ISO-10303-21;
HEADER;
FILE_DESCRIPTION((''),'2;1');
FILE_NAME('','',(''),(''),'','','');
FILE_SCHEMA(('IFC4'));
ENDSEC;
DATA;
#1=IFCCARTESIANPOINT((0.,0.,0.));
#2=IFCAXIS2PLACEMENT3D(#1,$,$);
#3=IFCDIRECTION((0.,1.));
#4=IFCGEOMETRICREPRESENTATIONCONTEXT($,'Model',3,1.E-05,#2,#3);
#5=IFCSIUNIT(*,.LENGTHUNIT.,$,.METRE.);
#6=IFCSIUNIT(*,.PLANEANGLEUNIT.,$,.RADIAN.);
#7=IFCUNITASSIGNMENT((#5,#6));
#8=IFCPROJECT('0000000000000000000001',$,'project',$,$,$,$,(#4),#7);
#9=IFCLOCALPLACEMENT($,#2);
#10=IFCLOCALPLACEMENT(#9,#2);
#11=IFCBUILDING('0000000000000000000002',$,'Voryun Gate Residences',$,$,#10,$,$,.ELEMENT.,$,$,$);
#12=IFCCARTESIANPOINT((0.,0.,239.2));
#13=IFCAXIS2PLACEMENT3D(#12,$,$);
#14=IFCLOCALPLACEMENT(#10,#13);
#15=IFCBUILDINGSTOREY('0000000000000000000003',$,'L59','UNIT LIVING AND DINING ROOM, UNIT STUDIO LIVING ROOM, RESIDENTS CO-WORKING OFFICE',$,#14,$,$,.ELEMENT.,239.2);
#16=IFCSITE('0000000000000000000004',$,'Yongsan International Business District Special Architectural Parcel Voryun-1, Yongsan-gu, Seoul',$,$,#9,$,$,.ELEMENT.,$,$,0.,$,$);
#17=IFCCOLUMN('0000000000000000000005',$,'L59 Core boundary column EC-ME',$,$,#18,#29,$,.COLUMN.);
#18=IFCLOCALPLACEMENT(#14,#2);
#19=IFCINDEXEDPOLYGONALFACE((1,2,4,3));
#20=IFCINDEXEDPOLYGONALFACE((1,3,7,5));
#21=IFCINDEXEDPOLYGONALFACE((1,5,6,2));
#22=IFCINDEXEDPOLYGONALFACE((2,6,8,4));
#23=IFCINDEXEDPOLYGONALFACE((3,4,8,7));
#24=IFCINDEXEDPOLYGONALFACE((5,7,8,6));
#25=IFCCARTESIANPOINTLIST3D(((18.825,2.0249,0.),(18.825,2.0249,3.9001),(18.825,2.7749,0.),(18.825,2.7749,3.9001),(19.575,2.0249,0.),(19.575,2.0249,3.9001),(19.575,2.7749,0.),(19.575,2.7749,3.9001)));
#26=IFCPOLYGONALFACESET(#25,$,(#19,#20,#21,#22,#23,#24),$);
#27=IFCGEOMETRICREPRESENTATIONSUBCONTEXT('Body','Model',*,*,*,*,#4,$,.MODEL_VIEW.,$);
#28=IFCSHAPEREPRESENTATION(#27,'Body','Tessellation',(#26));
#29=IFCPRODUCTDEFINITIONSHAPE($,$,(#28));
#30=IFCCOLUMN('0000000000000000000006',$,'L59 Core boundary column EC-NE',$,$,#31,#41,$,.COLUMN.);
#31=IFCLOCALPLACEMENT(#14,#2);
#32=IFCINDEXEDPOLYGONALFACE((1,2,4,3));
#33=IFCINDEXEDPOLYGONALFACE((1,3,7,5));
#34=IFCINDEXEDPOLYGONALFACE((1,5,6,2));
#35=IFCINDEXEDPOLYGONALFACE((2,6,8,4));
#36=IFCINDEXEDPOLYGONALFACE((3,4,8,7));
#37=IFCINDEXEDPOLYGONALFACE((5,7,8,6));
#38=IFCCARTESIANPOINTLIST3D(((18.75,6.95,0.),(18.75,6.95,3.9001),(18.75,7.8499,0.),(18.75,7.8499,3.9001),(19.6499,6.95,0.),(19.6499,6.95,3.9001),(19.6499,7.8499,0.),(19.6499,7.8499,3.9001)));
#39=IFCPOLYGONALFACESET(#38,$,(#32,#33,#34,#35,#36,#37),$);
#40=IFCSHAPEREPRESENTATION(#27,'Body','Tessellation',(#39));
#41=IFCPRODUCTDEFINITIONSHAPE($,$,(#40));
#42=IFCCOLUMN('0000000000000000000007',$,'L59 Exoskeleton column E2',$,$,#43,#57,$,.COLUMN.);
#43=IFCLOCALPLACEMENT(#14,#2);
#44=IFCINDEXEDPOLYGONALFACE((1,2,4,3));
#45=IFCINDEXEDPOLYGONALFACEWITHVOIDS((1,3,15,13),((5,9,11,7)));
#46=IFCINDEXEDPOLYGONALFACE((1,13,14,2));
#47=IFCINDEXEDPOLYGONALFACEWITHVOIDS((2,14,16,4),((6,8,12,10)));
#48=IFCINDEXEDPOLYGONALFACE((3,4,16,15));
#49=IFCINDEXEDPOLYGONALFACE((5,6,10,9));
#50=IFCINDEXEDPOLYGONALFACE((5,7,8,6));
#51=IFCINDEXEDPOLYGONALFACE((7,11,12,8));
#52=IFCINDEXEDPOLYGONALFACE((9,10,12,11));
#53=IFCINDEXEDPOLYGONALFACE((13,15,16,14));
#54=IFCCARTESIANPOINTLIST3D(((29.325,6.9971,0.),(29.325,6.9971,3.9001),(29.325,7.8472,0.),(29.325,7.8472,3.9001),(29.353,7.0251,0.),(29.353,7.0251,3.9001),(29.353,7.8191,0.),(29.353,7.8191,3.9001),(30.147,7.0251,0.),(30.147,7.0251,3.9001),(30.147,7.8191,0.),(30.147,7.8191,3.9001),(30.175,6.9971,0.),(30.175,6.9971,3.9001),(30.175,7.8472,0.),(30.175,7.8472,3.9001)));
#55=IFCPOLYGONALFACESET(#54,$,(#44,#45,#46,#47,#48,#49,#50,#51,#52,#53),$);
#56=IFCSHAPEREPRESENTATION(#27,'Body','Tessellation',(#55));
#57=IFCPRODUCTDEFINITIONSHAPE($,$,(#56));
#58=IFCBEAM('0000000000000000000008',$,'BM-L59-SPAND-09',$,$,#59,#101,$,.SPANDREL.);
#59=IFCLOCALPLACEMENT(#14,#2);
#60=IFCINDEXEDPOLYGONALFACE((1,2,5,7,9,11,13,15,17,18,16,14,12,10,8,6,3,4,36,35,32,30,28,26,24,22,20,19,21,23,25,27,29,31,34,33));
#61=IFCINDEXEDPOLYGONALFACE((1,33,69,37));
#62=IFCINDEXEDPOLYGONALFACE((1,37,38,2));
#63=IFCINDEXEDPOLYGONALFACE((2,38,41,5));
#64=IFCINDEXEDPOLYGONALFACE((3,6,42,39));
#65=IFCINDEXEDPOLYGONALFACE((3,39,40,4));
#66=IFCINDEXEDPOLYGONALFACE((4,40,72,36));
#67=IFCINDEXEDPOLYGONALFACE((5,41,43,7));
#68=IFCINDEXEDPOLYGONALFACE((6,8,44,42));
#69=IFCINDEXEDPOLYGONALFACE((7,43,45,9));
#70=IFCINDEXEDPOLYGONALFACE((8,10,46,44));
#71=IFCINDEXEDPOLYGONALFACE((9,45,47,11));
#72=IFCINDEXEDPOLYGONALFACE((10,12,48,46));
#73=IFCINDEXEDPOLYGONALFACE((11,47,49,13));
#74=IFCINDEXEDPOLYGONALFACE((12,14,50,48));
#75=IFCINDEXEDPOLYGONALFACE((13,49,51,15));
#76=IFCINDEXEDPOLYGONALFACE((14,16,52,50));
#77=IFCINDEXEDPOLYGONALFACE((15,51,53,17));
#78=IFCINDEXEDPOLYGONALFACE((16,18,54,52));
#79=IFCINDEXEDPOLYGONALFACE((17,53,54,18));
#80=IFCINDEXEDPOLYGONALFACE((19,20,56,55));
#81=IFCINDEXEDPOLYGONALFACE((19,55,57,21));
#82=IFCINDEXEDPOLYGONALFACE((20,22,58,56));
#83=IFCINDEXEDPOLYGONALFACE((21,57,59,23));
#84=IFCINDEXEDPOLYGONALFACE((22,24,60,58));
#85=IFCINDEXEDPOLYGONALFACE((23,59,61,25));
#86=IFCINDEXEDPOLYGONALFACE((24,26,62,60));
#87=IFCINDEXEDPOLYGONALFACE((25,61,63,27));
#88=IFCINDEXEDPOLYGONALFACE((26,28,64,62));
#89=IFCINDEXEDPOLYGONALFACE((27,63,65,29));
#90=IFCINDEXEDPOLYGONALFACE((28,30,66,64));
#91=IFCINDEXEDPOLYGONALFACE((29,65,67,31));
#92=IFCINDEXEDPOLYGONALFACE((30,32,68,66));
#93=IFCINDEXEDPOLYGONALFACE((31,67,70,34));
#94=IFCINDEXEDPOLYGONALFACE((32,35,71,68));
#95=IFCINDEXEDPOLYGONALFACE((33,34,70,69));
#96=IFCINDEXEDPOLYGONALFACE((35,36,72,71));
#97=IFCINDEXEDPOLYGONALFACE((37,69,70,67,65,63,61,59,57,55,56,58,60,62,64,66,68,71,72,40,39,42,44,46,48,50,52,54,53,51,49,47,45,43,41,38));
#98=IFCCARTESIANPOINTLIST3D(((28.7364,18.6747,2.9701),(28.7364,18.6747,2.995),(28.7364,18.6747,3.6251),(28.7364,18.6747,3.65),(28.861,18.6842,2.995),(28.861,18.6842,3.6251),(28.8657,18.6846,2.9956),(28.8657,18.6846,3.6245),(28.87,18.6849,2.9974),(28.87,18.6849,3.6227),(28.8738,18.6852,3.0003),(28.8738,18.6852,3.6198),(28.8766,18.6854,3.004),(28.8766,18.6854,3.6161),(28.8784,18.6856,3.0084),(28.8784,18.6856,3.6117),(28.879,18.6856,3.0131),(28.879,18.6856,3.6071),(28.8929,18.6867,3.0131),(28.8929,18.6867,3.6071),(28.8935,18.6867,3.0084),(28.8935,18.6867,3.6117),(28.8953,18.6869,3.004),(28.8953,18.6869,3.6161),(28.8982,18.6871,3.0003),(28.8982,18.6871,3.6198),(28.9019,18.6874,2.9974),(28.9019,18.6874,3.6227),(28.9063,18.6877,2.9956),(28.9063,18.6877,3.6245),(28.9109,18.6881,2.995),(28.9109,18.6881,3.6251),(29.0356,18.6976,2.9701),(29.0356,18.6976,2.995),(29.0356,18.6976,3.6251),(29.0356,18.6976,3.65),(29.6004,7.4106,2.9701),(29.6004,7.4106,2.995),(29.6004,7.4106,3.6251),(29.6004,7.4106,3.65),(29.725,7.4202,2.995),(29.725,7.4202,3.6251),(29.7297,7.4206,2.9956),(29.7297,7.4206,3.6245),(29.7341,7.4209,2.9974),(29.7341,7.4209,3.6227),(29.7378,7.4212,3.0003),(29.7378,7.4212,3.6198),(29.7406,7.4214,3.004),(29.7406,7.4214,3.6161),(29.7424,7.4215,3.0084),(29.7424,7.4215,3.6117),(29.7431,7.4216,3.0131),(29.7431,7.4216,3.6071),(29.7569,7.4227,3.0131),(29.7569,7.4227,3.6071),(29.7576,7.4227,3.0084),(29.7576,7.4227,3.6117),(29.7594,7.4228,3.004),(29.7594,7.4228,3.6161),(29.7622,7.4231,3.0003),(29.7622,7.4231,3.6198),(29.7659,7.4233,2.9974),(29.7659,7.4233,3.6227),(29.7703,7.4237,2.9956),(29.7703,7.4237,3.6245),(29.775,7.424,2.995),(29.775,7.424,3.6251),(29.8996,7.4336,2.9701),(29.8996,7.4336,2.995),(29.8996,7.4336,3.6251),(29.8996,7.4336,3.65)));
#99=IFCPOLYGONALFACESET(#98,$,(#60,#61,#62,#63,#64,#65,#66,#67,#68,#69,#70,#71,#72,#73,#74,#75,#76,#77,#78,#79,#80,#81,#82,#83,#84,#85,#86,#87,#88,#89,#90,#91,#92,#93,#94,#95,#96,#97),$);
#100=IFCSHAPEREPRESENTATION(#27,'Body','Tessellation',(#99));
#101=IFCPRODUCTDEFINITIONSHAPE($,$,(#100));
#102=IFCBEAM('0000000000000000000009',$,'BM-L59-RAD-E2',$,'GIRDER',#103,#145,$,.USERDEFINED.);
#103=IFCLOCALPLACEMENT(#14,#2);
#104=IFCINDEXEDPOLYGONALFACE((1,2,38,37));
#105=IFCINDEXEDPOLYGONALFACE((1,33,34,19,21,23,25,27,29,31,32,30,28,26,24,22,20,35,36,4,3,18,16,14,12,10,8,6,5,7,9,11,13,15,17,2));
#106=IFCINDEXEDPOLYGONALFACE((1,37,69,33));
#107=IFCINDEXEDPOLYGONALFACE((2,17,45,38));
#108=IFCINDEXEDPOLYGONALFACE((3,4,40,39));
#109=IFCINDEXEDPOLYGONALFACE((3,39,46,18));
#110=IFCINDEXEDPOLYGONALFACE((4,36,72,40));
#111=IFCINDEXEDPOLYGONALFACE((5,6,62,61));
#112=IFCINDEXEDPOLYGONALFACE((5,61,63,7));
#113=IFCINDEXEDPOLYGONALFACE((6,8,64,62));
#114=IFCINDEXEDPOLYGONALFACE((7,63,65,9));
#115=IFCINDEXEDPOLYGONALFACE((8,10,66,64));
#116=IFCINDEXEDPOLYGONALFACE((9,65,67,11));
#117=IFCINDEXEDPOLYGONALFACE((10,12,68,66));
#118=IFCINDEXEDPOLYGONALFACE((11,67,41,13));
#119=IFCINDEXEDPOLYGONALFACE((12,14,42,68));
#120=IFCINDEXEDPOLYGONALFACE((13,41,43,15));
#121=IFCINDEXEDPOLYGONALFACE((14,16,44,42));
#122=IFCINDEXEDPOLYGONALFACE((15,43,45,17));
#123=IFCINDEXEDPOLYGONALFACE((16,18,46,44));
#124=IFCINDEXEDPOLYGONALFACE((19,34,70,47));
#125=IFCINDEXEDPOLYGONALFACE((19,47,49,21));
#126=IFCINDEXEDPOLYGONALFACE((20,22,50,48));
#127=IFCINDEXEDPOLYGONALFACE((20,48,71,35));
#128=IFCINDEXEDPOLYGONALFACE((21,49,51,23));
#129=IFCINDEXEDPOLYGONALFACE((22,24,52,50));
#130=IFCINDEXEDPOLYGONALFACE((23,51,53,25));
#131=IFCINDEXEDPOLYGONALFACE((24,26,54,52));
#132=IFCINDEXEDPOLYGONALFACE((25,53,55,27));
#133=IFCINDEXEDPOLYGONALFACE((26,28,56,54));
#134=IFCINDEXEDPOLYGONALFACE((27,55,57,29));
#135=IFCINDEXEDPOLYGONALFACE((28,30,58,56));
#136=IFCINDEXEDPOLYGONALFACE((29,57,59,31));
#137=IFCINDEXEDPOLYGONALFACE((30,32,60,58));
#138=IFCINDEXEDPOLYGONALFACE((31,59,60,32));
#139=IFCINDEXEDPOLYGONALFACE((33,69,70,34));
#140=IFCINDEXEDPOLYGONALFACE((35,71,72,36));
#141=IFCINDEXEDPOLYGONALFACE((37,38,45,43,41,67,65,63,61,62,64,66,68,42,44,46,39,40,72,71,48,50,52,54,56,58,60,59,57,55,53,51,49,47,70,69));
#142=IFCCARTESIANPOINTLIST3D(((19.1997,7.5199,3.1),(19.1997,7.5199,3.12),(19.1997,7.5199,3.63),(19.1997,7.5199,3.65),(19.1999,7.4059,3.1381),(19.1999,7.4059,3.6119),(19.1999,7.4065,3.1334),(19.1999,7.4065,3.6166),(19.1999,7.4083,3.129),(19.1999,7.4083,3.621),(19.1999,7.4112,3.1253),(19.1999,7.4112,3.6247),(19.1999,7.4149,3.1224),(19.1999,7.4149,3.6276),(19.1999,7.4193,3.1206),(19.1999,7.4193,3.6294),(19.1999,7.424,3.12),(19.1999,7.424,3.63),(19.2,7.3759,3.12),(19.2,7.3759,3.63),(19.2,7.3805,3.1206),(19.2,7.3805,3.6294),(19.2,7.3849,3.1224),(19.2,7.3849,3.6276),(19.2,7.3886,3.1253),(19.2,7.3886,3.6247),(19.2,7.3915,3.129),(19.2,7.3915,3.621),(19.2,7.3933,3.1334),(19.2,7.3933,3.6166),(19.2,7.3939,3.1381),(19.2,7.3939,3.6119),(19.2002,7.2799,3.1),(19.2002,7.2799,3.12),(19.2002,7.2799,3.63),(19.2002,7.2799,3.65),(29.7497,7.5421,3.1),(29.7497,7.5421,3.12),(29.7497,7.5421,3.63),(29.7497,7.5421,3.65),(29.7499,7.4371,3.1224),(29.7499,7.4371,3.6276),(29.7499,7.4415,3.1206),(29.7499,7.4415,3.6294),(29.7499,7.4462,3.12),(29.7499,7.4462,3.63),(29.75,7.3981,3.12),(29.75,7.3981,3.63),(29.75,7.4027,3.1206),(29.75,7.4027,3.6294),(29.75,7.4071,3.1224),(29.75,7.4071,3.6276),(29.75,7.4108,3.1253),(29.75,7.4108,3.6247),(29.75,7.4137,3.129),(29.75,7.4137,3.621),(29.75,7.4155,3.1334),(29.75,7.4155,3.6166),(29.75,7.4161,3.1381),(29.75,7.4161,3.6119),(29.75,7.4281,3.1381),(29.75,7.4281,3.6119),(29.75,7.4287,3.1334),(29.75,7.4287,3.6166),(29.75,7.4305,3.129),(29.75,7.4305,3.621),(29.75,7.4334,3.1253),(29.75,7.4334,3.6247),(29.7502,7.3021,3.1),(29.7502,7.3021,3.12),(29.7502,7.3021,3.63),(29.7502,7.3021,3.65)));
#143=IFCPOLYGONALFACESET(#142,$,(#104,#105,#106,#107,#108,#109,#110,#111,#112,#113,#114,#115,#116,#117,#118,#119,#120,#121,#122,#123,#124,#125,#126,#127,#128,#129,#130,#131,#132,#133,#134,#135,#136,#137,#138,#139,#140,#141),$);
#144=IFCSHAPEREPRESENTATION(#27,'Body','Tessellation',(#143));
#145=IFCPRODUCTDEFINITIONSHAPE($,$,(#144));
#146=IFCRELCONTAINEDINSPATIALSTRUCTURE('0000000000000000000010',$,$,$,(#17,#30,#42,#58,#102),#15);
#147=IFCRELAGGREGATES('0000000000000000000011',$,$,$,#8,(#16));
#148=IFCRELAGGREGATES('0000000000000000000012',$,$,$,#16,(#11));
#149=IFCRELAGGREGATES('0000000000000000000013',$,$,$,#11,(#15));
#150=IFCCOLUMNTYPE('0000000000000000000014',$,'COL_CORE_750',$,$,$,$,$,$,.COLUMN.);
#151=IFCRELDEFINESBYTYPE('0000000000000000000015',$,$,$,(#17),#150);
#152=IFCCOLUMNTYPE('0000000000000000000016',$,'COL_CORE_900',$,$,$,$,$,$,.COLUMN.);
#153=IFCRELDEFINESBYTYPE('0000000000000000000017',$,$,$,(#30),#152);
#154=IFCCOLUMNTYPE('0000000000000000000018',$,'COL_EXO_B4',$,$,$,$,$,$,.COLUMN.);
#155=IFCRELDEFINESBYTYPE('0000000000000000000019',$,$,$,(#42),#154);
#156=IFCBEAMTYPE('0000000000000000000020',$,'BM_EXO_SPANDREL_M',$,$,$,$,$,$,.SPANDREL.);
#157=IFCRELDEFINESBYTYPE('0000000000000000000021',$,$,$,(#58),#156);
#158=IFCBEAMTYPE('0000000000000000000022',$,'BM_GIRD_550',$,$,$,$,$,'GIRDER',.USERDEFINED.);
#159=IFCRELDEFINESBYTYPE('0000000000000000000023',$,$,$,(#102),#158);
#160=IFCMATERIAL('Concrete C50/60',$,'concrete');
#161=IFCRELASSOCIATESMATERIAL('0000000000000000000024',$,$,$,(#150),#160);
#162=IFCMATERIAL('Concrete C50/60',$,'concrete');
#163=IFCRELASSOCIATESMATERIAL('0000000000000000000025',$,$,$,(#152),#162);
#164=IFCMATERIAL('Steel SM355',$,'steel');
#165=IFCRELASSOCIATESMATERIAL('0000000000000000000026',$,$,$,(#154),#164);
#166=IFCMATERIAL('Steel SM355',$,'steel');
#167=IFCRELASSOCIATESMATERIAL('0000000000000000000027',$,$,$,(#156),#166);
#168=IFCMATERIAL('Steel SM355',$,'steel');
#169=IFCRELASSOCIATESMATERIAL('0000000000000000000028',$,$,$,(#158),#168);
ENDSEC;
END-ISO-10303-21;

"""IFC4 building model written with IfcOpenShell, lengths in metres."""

from ifc_helpers import new_model, si_unit, direction, frame, origin, origin_2d, place, context, subcontext, project, spatial, rectangle, hollow_rectangle, i_section, extrude, material, material_profile, profile_set, type_object, element, save


model = new_model("IFC4")

# Units and contexts
model_context = context("Model", 3, precision=1e-05, world=origin(), true_north=direction((0.0, 1.0)))
body_context = subcontext(model_context, "Body", "Model", "MODEL_VIEW")
ifc_project = project(units=[si_unit("LENGTHUNIT", "METRE"), si_unit("PLANEANGLEUNIT", "RADIAN")], contexts=[model_context])

# Site, building, storey
site_placement = place(None, origin())
site = spatial("IfcSite", under=ifc_project, at=site_placement, Name="Yongsan International Business District Special Architectural Parcel Voryun-1, Yongsan-gu, Seoul", CompositionType="ELEMENT", RefElevation=0.0)
building_placement = place(site_placement, origin())
building = spatial("IfcBuilding", under=site, at=building_placement, Name="Voryun Gate Residences", CompositionType="ELEMENT")
storey_placement = place(building_placement, frame((0.0, 0.0, 239.2)))
storey = spatial("IfcBuildingStorey", under=building, at=storey_placement, Name="L59", Description="UNIT LIVING AND DINING ROOM, UNIT STUDIO LIVING ROOM, RESIDENTS CO-WORKING OFFICE", CompositionType="ELEMENT", Elevation=239.2)

# Columns
ifc_material_1 = material(Name="Concrete C50/60", Category="concrete")
ifc_material_profile_1 = material_profile(ifc_material_1, rectangle(XDim=0.75, YDim=0.75, at=origin_2d()), Name="RC-750x750")
ifc_profile_set_1 = profile_set([ifc_material_profile_1], Name="Concrete C50/60")
column_type_1 = type_object("IfcColumnType", Name="COL_CORE_750", PredefinedType="COLUMN", material=ifc_profile_set_1)
column_1_placement = place(storey_placement, frame((19.2, 2.3999, 0.0), z_axis=(0.0, 0.0, 1.0), x_axis=(1.0, 0.0, 0.0)))
element("IfcColumn", 1, at=column_1_placement, inside=storey, type_object=column_type_1, Name="L59 Core boundary column EC-ME", PredefinedType="COLUMN", context=body_context, shape_type="SweptSolid", body=[
    extrude(rectangle(XDim=0.75, YDim=0.75, at=origin_2d()), origin(), (0.0, 0.0, 1.0), 3.9001),
])
ifc_material_2 = material(Name="Concrete C50/60", Category="concrete")
ifc_material_profile_2 = material_profile(ifc_material_2, rectangle(XDim=0.8999, YDim=0.8999, at=origin_2d()), Name="RC-900x900")
ifc_profile_set_2 = profile_set([ifc_material_profile_2], Name="Concrete C50/60")
column_type_2 = type_object("IfcColumnType", Name="COL_CORE_900", PredefinedType="COLUMN", material=ifc_profile_set_2)
column_2_placement = place(storey_placement, frame((19.2, 7.3999, 0.0), z_axis=(0.0, 0.0, 1.0), x_axis=(1.0, 0.0, 0.0)))
element("IfcColumn", 2, at=column_2_placement, inside=storey, type_object=column_type_2, Name="L59 Core boundary column EC-NE", PredefinedType="COLUMN", context=body_context, shape_type="SweptSolid", body=[
    extrude(rectangle(XDim=0.8999, YDim=0.8999, at=origin_2d()), origin(), (0.0, 0.0, 1.0), 3.9001),
])
ifc_material_3 = material(Name="Steel SM355", Category="steel")
ifc_material_profile_3 = material_profile(ifc_material_3, hollow_rectangle(XDim=0.8501, YDim=0.8501, WallThickness=0.0281, at=origin_2d()), Name="BOX-850x850x28")
ifc_profile_set_3 = profile_set([ifc_material_profile_3], Name="Steel SM355")
column_type_3 = type_object("IfcColumnType", Name="COL_EXO_B4", PredefinedType="COLUMN", material=ifc_profile_set_3)
column_3_placement = place(storey_placement, frame((29.75, 7.4221, 0.0), z_axis=(0.0, 0.0, 1.0), x_axis=(1.0, 0.0, 0.0)))
element("IfcColumn", 3, at=column_3_placement, inside=storey, type_object=column_type_3, Name="L59 Exoskeleton column E2", PredefinedType="COLUMN", context=body_context, shape_type="SweptSolid", body=[
    extrude(hollow_rectangle(XDim=0.8501, YDim=0.8501, WallThickness=0.0281, at=origin_2d()), origin(), (0.0, 0.0, 1.0), 3.9001),
])

# Beams
ifc_material_4 = material(Name="Steel SM355", Category="steel")
ifc_material_profile_4 = material_profile(ifc_material_4, i_section(OverallWidth=0.3, OverallDepth=0.6799, WebThickness=0.0139, FlangeThickness=0.0249, FilletRadius=0.0181, at=origin_2d()), Name="H-680x300x14x25")
ifc_profile_set_4 = profile_set([ifc_material_profile_4], Name="Steel SM355")
beam_type_1 = type_object("IfcBeamType", Name="BM_EXO_SPANDREL_M", PredefinedType="SPANDREL", material=ifc_profile_set_4)
beam_1_placement = place(storey_placement, frame((29.75, 7.4221, 3.3101), z_axis=(-0.076482, 0.997071, 0.0), x_axis=(-0.997071, -0.076482, 0.0)))
element("IfcBeam", 4, at=beam_1_placement, inside=storey, type_object=beam_type_1, Name="BM-L59-SPAND-09", PredefinedType="SPANDREL", context=body_context, shape_type="SweptSolid", body=[
    extrude(i_section(OverallWidth=0.3, OverallDepth=0.6799, WebThickness=0.0139, FlangeThickness=0.0249, FilletRadius=0.0181, at=origin_2d()), origin(), (0.0, 0.0, 1.0), 11.2971),
])
ifc_material_5 = material(Name="Steel SM355", Category="steel")
ifc_material_profile_5 = material_profile(ifc_material_5, i_section(OverallWidth=0.24, OverallDepth=0.55, WebThickness=0.012, FlangeThickness=0.02, FilletRadius=0.0181, at=origin_2d()), Name="H-550x240x12x20")
ifc_profile_set_5 = profile_set([ifc_material_profile_5], Name="Steel SM355")
beam_type_2 = type_object("IfcBeamType", Name="BM_GIRD_550", ElementType="GIRDER", PredefinedType="USERDEFINED", material=ifc_profile_set_5)
beam_2_placement = place(storey_placement, frame((19.2, 7.3999, 3.375), z_axis=(0.999998, 0.002106, 0.0), x_axis=(-0.002106, 0.999998, 0.0)))
element("IfcBeam", 5, at=beam_2_placement, inside=storey, type_object=beam_type_2, Name="BM-L59-RAD-E2", ObjectType="GIRDER", PredefinedType="USERDEFINED", context=body_context, shape_type="SweptSolid", body=[
    extrude(i_section(OverallWidth=0.24, OverallDepth=0.55, WebThickness=0.012, FlangeThickness=0.02, FilletRadius=0.0181, at=origin_2d()), origin(), (0.0, 0.0, 1.0), 10.55),
])

save(model, "model.ifc")
